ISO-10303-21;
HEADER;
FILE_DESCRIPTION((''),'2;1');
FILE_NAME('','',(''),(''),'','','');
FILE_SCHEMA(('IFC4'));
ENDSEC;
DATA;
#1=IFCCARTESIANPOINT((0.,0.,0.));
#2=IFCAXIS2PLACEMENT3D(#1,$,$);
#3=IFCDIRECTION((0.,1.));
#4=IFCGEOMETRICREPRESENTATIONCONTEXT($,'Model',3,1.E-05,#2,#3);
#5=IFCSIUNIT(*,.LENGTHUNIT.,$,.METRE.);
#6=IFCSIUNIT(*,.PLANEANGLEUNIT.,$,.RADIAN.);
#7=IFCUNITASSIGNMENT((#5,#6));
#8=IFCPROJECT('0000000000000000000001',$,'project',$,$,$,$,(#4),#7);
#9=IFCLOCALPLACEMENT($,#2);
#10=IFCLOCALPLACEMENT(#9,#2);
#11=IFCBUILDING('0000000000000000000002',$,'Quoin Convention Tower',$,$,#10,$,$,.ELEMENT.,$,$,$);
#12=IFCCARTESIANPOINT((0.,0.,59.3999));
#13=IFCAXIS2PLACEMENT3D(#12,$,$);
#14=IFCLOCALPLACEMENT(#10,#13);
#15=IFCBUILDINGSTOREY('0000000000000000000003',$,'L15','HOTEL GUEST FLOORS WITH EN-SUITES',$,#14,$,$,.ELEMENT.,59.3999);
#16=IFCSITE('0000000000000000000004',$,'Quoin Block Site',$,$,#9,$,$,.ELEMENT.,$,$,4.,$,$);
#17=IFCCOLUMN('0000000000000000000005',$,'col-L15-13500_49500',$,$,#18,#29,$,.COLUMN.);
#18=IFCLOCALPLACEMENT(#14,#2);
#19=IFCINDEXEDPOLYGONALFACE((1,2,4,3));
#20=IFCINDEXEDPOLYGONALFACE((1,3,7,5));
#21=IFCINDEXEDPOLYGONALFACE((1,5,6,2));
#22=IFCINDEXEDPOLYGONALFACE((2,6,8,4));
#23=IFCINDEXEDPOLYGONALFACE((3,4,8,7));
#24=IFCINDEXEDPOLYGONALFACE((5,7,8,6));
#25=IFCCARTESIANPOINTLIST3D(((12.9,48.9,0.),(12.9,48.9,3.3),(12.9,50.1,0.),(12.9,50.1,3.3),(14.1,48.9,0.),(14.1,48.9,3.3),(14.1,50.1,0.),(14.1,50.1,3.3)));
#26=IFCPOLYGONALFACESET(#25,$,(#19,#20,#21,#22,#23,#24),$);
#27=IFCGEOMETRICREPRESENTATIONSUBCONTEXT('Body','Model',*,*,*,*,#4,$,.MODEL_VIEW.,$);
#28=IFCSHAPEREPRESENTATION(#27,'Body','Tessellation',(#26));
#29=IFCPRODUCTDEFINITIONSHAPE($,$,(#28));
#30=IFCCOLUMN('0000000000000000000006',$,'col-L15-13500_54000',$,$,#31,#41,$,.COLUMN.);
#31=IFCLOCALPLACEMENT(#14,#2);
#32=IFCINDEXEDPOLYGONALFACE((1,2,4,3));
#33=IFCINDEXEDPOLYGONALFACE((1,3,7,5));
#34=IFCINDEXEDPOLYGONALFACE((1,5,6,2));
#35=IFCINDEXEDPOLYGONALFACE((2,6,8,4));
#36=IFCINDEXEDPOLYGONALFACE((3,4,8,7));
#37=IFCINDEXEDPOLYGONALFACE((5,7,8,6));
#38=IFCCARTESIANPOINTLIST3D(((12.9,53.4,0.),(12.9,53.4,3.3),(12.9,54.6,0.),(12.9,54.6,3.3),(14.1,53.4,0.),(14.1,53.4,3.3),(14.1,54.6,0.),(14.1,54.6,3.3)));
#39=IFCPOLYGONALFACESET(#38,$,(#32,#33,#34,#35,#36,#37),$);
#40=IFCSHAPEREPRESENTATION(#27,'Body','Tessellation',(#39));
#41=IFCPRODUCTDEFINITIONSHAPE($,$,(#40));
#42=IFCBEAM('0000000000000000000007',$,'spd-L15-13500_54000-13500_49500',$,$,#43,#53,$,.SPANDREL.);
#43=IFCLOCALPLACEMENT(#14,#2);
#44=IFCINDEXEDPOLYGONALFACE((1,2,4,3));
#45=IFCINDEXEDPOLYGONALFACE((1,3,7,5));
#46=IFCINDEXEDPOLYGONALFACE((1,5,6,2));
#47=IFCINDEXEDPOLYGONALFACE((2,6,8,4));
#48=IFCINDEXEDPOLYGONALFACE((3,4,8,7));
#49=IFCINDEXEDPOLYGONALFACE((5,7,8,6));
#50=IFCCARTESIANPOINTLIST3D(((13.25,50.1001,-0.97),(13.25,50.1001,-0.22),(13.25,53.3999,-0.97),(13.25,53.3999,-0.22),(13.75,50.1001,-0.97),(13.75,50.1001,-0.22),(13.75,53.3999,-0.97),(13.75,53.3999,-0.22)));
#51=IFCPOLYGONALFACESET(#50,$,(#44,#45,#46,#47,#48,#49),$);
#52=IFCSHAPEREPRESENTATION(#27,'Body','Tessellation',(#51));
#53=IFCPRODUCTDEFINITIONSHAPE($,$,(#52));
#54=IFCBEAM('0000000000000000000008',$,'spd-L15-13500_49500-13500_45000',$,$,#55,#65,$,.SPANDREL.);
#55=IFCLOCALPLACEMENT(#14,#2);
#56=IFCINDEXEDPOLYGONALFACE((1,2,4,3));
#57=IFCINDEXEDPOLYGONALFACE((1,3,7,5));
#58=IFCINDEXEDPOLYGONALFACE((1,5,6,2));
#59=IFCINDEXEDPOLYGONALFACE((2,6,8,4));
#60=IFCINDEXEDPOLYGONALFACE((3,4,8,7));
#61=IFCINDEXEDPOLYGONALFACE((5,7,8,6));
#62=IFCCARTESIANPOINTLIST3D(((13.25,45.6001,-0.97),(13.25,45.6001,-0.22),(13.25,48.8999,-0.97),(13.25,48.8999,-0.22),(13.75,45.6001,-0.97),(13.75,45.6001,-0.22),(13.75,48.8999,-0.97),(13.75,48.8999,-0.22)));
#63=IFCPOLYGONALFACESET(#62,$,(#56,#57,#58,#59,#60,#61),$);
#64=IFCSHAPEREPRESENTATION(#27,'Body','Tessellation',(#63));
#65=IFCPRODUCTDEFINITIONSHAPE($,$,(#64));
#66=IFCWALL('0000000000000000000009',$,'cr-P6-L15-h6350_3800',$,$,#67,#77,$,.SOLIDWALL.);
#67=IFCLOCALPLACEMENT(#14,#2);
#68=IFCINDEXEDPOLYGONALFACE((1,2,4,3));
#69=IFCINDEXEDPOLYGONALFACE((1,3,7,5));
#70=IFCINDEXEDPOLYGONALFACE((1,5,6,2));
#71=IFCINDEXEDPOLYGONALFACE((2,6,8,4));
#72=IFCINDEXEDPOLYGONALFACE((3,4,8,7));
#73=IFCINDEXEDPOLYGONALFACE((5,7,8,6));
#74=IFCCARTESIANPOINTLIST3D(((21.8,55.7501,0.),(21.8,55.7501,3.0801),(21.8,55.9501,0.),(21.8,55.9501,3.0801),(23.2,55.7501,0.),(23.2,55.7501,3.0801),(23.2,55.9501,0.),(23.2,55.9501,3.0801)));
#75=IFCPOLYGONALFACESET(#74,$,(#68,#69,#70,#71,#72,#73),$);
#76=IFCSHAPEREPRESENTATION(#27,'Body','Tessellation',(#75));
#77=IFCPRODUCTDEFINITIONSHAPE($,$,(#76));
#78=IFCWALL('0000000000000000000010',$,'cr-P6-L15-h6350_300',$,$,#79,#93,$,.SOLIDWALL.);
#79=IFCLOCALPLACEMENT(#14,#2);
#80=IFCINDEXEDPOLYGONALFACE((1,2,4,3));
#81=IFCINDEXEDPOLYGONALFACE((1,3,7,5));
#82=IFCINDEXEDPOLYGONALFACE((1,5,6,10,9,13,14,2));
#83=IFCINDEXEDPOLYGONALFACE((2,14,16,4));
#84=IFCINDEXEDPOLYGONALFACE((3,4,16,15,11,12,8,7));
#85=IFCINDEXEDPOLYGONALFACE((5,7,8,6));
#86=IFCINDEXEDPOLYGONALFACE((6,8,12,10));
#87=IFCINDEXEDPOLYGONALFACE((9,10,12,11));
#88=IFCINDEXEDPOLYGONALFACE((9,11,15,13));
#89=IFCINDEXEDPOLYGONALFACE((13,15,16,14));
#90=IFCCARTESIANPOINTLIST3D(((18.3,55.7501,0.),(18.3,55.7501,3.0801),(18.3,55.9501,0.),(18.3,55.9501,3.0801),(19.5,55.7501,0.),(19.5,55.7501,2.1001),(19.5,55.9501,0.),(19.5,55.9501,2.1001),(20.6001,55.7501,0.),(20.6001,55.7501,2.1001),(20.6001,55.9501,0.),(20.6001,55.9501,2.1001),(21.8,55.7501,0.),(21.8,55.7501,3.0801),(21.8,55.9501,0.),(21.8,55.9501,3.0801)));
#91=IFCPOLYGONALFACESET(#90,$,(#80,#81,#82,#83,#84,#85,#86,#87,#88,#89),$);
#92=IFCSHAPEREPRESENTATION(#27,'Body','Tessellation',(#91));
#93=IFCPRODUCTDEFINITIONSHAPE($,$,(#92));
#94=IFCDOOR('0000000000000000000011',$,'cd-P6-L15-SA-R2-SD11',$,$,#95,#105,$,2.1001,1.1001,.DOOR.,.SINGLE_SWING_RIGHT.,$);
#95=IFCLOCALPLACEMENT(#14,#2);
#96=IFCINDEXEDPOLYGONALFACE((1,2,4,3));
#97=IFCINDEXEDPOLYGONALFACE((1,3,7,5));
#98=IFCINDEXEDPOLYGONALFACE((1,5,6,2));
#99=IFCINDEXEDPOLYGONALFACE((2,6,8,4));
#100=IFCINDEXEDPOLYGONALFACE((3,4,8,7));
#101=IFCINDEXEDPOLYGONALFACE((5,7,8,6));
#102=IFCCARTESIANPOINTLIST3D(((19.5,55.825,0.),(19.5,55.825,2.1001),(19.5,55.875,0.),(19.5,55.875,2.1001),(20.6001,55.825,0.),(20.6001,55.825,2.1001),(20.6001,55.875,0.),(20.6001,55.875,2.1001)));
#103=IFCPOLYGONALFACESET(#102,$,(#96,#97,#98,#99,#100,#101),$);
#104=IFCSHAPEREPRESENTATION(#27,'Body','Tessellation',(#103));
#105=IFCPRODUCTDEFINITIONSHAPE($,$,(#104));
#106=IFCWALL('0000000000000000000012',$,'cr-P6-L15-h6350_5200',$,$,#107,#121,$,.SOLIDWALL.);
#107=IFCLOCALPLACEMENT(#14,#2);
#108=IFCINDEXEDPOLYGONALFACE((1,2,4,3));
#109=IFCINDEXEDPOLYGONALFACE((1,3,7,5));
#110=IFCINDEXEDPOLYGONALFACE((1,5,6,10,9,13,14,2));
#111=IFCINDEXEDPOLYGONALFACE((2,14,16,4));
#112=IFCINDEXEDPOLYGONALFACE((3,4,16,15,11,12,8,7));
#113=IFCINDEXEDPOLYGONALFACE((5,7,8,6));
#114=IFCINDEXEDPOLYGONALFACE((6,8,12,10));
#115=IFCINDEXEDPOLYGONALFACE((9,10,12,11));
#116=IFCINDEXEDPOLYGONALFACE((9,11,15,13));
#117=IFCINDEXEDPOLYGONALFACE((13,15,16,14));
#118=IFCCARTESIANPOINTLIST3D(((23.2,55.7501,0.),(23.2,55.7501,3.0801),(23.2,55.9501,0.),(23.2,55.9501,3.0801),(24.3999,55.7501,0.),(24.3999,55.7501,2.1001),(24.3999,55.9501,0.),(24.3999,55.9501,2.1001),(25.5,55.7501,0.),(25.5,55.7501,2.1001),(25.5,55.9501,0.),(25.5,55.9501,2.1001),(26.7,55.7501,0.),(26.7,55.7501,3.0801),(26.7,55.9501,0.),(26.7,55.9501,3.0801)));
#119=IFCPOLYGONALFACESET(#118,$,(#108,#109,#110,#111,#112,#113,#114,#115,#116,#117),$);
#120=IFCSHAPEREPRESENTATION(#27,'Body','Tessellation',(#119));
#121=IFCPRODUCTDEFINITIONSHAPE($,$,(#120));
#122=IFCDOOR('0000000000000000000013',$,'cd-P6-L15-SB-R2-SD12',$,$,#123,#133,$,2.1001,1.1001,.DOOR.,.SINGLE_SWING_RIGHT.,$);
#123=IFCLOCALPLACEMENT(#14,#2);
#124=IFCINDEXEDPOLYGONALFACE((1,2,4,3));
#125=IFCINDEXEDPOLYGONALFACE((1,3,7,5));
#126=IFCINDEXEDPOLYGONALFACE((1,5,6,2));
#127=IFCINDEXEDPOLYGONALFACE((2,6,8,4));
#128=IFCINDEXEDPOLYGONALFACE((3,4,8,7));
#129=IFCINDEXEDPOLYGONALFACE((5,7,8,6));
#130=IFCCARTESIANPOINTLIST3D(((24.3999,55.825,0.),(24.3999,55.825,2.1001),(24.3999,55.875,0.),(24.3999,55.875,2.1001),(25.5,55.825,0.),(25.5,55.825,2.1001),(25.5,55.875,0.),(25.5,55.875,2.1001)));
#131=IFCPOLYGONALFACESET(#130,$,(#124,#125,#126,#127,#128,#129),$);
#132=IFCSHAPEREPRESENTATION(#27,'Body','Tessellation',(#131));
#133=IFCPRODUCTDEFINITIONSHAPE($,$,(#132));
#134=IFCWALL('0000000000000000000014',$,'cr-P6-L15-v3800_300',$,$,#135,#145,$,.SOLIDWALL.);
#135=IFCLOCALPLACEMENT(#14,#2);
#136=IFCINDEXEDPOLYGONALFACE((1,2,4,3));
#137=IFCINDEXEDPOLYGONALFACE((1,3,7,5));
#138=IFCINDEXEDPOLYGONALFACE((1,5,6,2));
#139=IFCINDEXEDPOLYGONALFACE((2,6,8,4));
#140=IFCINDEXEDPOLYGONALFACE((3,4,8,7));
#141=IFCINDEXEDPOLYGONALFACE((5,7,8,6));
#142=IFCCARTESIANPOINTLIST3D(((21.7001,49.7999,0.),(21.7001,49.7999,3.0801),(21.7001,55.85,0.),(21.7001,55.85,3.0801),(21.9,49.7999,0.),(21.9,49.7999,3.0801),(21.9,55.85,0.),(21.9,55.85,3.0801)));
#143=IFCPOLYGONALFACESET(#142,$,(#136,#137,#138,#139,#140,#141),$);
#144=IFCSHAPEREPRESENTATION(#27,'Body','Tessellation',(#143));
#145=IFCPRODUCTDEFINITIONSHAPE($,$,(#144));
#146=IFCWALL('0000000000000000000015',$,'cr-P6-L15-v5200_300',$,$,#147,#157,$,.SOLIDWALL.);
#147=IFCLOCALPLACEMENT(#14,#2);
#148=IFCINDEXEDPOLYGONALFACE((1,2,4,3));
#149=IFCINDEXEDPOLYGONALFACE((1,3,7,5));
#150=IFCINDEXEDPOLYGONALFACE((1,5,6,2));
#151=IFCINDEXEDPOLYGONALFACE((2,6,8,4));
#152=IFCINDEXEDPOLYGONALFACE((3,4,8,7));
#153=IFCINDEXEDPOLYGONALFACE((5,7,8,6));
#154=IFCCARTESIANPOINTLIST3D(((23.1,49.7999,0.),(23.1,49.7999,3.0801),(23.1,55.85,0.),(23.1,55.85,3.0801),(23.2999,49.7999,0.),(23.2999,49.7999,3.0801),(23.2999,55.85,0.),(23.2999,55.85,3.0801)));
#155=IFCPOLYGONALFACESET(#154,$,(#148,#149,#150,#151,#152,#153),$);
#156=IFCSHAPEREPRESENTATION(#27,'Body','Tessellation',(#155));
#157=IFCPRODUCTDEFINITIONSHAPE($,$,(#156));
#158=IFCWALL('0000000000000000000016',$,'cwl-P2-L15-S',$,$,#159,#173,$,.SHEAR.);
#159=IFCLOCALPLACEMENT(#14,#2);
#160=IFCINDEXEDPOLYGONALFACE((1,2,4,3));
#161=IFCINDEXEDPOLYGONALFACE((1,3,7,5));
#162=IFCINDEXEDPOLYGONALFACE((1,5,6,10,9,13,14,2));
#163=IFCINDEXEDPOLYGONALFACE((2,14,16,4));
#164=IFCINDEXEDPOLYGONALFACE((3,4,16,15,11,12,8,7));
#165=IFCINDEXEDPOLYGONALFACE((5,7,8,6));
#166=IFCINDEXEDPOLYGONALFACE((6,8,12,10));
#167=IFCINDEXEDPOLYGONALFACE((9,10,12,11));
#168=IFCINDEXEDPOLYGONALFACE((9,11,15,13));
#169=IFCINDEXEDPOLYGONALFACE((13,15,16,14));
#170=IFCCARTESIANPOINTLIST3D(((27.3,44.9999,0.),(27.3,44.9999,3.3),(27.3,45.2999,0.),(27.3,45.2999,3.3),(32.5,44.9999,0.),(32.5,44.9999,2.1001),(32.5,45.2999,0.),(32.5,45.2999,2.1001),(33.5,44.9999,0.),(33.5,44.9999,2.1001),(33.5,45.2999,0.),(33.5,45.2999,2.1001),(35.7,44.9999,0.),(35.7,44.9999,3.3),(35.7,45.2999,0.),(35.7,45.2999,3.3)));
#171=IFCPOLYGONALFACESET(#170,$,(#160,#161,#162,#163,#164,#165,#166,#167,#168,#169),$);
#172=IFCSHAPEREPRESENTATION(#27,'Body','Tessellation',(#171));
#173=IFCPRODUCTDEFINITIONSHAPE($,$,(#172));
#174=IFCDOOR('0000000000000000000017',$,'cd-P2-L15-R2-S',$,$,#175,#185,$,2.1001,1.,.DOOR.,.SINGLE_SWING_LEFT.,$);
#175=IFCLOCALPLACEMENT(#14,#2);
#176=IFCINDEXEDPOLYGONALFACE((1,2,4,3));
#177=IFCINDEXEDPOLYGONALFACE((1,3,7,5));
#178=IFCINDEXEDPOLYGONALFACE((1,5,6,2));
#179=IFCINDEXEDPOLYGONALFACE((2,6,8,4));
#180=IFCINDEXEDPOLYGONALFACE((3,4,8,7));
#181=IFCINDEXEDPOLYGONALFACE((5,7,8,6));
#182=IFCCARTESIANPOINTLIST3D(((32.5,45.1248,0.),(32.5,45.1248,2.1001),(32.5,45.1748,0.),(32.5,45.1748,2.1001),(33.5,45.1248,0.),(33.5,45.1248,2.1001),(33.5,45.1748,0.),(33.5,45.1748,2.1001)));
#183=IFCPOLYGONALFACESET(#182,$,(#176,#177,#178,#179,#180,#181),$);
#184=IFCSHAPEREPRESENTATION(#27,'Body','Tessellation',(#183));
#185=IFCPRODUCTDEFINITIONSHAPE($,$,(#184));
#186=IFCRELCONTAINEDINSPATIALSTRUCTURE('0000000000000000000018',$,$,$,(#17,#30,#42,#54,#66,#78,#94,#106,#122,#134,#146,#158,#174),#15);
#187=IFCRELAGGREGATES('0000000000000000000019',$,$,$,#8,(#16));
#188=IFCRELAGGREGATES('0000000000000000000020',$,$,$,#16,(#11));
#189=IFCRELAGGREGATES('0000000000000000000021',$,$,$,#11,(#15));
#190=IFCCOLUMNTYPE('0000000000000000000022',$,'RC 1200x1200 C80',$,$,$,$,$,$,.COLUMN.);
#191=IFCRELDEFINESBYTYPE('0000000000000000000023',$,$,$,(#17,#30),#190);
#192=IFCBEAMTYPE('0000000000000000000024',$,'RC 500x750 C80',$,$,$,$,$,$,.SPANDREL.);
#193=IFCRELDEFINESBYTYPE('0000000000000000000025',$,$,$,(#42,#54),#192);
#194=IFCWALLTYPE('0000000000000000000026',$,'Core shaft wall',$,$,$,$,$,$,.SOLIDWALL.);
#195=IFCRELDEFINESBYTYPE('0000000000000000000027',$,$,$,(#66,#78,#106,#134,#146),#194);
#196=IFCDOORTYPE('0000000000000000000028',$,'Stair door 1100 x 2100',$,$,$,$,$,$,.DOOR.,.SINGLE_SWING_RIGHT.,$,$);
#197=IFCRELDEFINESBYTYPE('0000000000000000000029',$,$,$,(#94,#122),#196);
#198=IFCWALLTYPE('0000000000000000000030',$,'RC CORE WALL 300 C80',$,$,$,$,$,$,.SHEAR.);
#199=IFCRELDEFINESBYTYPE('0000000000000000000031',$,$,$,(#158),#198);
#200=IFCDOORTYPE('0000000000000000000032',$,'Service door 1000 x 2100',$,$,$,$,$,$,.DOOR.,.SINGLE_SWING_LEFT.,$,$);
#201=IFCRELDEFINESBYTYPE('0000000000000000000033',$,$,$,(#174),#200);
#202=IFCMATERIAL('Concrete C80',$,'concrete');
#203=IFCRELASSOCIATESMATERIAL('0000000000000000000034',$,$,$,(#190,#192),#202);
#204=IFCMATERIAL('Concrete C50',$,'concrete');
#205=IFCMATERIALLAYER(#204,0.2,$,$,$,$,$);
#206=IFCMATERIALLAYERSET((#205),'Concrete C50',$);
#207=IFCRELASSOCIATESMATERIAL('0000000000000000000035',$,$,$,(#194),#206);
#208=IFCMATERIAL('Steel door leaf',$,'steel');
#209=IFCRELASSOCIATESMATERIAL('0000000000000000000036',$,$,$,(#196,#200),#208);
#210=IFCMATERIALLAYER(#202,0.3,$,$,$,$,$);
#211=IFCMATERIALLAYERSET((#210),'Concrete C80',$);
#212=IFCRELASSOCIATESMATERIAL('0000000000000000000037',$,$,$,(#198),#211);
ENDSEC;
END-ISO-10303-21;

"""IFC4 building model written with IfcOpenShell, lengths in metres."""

from ifc_helpers import new_model, si_unit, direction, frame, frame_2d, origin, origin_2d, place, context, subcontext, project, spatial, rectangle, extrude, material, layer, layer_set, material_profile, profile_set, type_object, element, fill, save


model = new_model("IFC4")

# Units and contexts
model_context = context("Model", 3, precision=1e-05, world=origin(), true_north=direction((0.0, 1.0)))
body_context = subcontext(model_context, "Body", "Model", "MODEL_VIEW")
ifc_project = project(units=[si_unit("LENGTHUNIT", "METRE"), si_unit("PLANEANGLEUNIT", "RADIAN")], contexts=[model_context])

# Site, building, storey
site_placement = place(None, origin())
site = spatial("IfcSite", under=ifc_project, at=site_placement, Name="Quoin Block Site", CompositionType="ELEMENT", RefElevation=4.0)
building_placement = place(site_placement, origin())
building = spatial("IfcBuilding", under=site, at=building_placement, Name="Quoin Convention Tower", CompositionType="ELEMENT")
storey_placement = place(building_placement, frame((0.0, 0.0, 59.3999)))
storey = spatial("IfcBuildingStorey", under=building, at=storey_placement, Name="L15", Description="HOTEL GUEST FLOORS WITH EN-SUITES", CompositionType="ELEMENT", Elevation=59.3999)

# Columns
ifc_material_1 = material(Name="Concrete C80", Category="concrete")
ifc_material_profile_1 = material_profile(ifc_material_1, rectangle(XDim=1.2, YDim=1.2, at=origin_2d()), Name="RC 1200x1200")
ifc_profile_set_1 = profile_set([ifc_material_profile_1], Name="Concrete C80")
column_type = type_object("IfcColumnType", Name="RC 1200x1200 C80", PredefinedType="COLUMN", material=ifc_profile_set_1)
for number, where, z_axis, x_axis, name in (
    (1, (13.5, 49.5, 0.0), (0.0, 0.0, 1.0), (1.0, 0.0, 0.0), "col-L15-13500_49500"),
    (2, (13.5, 54.0, 0.0), (0.0, 0.0, 1.0), (1.0, 0.0, 0.0), "col-L15-13500_54000"),
):
    element("IfcColumn", number, at=place(storey_placement, frame(where, z_axis=z_axis, x_axis=x_axis)), inside=storey, type_object=column_type, Name=name, PredefinedType="COLUMN", context=body_context, shape_type="SweptSolid", body=[
        extrude(rectangle(XDim=1.2, YDim=1.2, at=origin_2d()), origin(), (0.0, 0.0, 1.0), 3.3),
    ])

# Beams
ifc_material_profile_2 = material_profile(ifc_material_1, rectangle(XDim=0.5, YDim=0.75, at=origin_2d()), Name="RC 500x750")
ifc_profile_set_2 = profile_set([ifc_material_profile_2], Name="Concrete C80")
beam_type = type_object("IfcBeamType", Name="RC 500x750 C80", PredefinedType="SPANDREL", material=ifc_profile_set_2)
for number, where, z_axis, x_axis, name in (
    (3, (13.5, 53.3999, -0.595), (0.0, -1.0, 0.0), (1.0, 0.0, 0.0), "spd-L15-13500_54000-13500_49500"),
    (4, (13.5, 48.8999, -0.595), (0.0, -1.0, 0.0), (1.0, 0.0, 0.0), "spd-L15-13500_49500-13500_45000"),
):
    element("IfcBeam", number, at=place(storey_placement, frame(where, z_axis=z_axis, x_axis=x_axis)), inside=storey, type_object=beam_type, Name=name, PredefinedType="SPANDREL", context=body_context, shape_type="SweptSolid", body=[
        extrude(rectangle(XDim=0.5, YDim=0.75, at=origin_2d()), origin(), (0.0, 0.0, 1.0), 3.2998),
    ])

# Wall
ifc_material_2 = material(Name="Concrete C50", Category="concrete")
ifc_layer_1 = layer(ifc_material_2, 0.2)
ifc_layer_set_1 = layer_set([ifc_layer_1], Name="Concrete C50")
wall_type_1 = type_object("IfcWallType", Name="Core shaft wall", PredefinedType="SOLIDWALL", material=ifc_layer_set_1)
wall_1_placement = place(storey_placement, frame((21.8, 55.8501, 0.0), z_axis=(0.0, 0.0, 1.0), x_axis=(1.0, 0.0, 0.0)))
element("IfcWall", 5, at=wall_1_placement, inside=storey, type_object=wall_type_1, Name="cr-P6-L15-h6350_3800", PredefinedType="SOLIDWALL", context=body_context, shape_type="SweptSolid", body=[
    extrude(rectangle(XDim=1.3999, YDim=0.2, at=frame_2d((0.7, 0.0))), origin(), (0.0, 0.0, 1.0), 3.0801),
])

# Walls, openings, doors
wall_2_placement = place(storey_placement, frame((18.3, 55.8501, 0.0), z_axis=(0.0, 0.0, 1.0), x_axis=(1.0, 0.0, 0.0)))
wall_2 = element("IfcWall", 6, at=wall_2_placement, inside=storey, type_object=wall_type_1, Name="cr-P6-L15-h6350_300", PredefinedType="SOLIDWALL", context=body_context, shape_type="SweptSolid", body=[
    extrude(rectangle(XDim=3.5, YDim=0.2, at=frame_2d((1.75, 0.0))), origin(), (0.0, 0.0, 1.0), 3.0801),
])
opening_1_placement = place(wall_2_placement, frame((1.2, 0.0, 0.0)))
opening_1 = element("IfcOpeningElement", 7, at=opening_1_placement, cuts=wall_2, PredefinedType="OPENING", context=body_context, shape_type="SweptSolid", body=[
    extrude(rectangle(XDim=1.1001, YDim=2.1001, at=frame_2d((0.55, 1.05))), frame((0.0, 0.1099, 0.0), z_axis=(0.0, -1.0, 0.0), x_axis=(1.0, 0.0, 0.0)), (0.0, 0.0, 1.0), 0.22),
])
ifc_material_3 = material(Name="Steel door leaf", Category="steel")
door_type_1 = type_object("IfcDoorType", Name="Stair door 1100 x 2100", OperationType="SINGLE_SWING_RIGHT", PredefinedType="DOOR", material=ifc_material_3)
door_1_placement = place(opening_1_placement, origin())
door_1 = element("IfcDoor", 8, at=door_1_placement, inside=storey, type_object=door_type_1, Name="cd-P6-L15-SA-R2-SD11", OperationType="SINGLE_SWING_RIGHT", OverallHeight=2.1001, OverallWidth=1.1001, PredefinedType="DOOR", context=body_context, shape_type="SweptSolid", body=[
    extrude(rectangle(XDim=1.1001, YDim=2.1001, at=frame_2d((0.55, 1.05))), frame((0.0, 0.0249, 0.0), z_axis=(0.0, -1.0, 0.0), x_axis=(1.0, 0.0, 0.0)), (0.0, 0.0, 1.0), 0.05),
])
fill(opening_1, door_1)
wall_3_placement = place(storey_placement, frame((23.2, 55.8501, 0.0), z_axis=(0.0, 0.0, 1.0), x_axis=(1.0, 0.0, 0.0)))
wall_3 = element("IfcWall", 9, at=wall_3_placement, inside=storey, type_object=wall_type_1, Name="cr-P6-L15-h6350_5200", PredefinedType="SOLIDWALL", context=body_context, shape_type="SweptSolid", body=[
    extrude(rectangle(XDim=3.5, YDim=0.2, at=frame_2d((1.75, 0.0))), origin(), (0.0, 0.0, 1.0), 3.0801),
])
opening_2_placement = place(wall_3_placement, frame((1.2, 0.0, 0.0)))
opening_2 = element("IfcOpeningElement", 10, at=opening_2_placement, cuts=wall_3, PredefinedType="OPENING", context=body_context, shape_type="SweptSolid", body=[
    extrude(rectangle(XDim=1.1001, YDim=2.1001, at=frame_2d((0.55, 1.05))), frame((0.0, 0.1099, 0.0), z_axis=(0.0, -1.0, 0.0), x_axis=(1.0, 0.0, 0.0)), (0.0, 0.0, 1.0), 0.22),
])
door_2_placement = place(opening_2_placement, origin())
door_2 = element("IfcDoor", 11, at=door_2_placement, inside=storey, type_object=door_type_1, Name="cd-P6-L15-SB-R2-SD12", OperationType="SINGLE_SWING_RIGHT", OverallHeight=2.1001, OverallWidth=1.1001, PredefinedType="DOOR", context=body_context, shape_type="SweptSolid", body=[
    extrude(rectangle(XDim=1.1001, YDim=2.1001, at=frame_2d((0.55, 1.05))), frame((0.0, 0.0249, 0.0), z_axis=(0.0, -1.0, 0.0), x_axis=(1.0, 0.0, 0.0)), (0.0, 0.0, 1.0), 0.05),
])
fill(opening_2, door_2)

# Walls
for number, where, z_axis, x_axis, name in (
    (12, (21.8, 49.8, 0.0), (0.0, 0.0, 1.0), (0.0, 1.0, 0.0), "cr-P6-L15-v3800_300"),
    (13, (23.2, 49.8, 0.0), (0.0, 0.0, 1.0), (0.0, 1.0, 0.0), "cr-P6-L15-v5200_300"),
):
    element("IfcWall", number, at=place(storey_placement, frame(where, z_axis=z_axis, x_axis=x_axis)), inside=storey, type_object=wall_type_1, Name=name, PredefinedType="SOLIDWALL", context=body_context, shape_type="SweptSolid", body=[
        extrude(rectangle(XDim=6.05, YDim=0.2, at=frame_2d((3.0249, 0.0))), origin(), (0.0, 0.0, 1.0), 3.0801),
    ])

# Wall, opening, door
ifc_layer_2 = layer(ifc_material_1, 0.3)
ifc_layer_set_2 = layer_set([ifc_layer_2], Name="Concrete C80")
wall_type_2 = type_object("IfcWallType", Name="RC CORE WALL 300 C80", PredefinedType="SHEAR", material=ifc_layer_set_2)
wall_4_placement = place(storey_placement, frame((27.3, 45.1499, 0.0), z_axis=(0.0, 0.0, 1.0), x_axis=(1.0, 0.0, 0.0)))
wall_4 = element("IfcWall", 14, at=wall_4_placement, inside=storey, type_object=wall_type_2, Name="cwl-P2-L15-S", PredefinedType="SHEAR", context=body_context, shape_type="SweptSolid", body=[
    extrude(rectangle(XDim=8.3999, YDim=0.3, at=frame_2d((4.2, 0.0))), origin(), (0.0, 0.0, 1.0), 3.3),
])
opening_3_placement = place(wall_4_placement, frame((5.2, 0.0, 0.0)))
opening_3 = element("IfcOpeningElement", 15, at=opening_3_placement, cuts=wall_4, PredefinedType="OPENING", context=body_context, shape_type="SweptSolid", body=[
    extrude(rectangle(XDim=1.0, YDim=2.1001, at=frame_2d((0.5, 1.05))), frame((0.0, 0.1599, 0.0), z_axis=(0.0, -1.0, 0.0), x_axis=(1.0, 0.0, 0.0)), (0.0, 0.0, 1.0), 0.3201),
])
door_type_2 = type_object("IfcDoorType", Name="Service door 1000 x 2100", OperationType="SINGLE_SWING_LEFT", PredefinedType="DOOR", material=ifc_material_3)
door_3_placement = place(opening_3_placement, origin())
door_3 = element("IfcDoor", 16, at=door_3_placement, inside=storey, type_object=door_type_2, Name="cd-P2-L15-R2-S", OperationType="SINGLE_SWING_LEFT", OverallHeight=2.1001, OverallWidth=1.0, PredefinedType="DOOR", context=body_context, shape_type="SweptSolid", body=[
    extrude(rectangle(XDim=1.0, YDim=2.1001, at=frame_2d((0.5, 1.05))), frame((0.0, 0.0249, 0.0), z_axis=(0.0, -1.0, 0.0), x_axis=(1.0, 0.0, 0.0)), (0.0, 0.0, 1.0), 0.05),
])
fill(opening_3, door_3)

save(model, "model.ifc")
